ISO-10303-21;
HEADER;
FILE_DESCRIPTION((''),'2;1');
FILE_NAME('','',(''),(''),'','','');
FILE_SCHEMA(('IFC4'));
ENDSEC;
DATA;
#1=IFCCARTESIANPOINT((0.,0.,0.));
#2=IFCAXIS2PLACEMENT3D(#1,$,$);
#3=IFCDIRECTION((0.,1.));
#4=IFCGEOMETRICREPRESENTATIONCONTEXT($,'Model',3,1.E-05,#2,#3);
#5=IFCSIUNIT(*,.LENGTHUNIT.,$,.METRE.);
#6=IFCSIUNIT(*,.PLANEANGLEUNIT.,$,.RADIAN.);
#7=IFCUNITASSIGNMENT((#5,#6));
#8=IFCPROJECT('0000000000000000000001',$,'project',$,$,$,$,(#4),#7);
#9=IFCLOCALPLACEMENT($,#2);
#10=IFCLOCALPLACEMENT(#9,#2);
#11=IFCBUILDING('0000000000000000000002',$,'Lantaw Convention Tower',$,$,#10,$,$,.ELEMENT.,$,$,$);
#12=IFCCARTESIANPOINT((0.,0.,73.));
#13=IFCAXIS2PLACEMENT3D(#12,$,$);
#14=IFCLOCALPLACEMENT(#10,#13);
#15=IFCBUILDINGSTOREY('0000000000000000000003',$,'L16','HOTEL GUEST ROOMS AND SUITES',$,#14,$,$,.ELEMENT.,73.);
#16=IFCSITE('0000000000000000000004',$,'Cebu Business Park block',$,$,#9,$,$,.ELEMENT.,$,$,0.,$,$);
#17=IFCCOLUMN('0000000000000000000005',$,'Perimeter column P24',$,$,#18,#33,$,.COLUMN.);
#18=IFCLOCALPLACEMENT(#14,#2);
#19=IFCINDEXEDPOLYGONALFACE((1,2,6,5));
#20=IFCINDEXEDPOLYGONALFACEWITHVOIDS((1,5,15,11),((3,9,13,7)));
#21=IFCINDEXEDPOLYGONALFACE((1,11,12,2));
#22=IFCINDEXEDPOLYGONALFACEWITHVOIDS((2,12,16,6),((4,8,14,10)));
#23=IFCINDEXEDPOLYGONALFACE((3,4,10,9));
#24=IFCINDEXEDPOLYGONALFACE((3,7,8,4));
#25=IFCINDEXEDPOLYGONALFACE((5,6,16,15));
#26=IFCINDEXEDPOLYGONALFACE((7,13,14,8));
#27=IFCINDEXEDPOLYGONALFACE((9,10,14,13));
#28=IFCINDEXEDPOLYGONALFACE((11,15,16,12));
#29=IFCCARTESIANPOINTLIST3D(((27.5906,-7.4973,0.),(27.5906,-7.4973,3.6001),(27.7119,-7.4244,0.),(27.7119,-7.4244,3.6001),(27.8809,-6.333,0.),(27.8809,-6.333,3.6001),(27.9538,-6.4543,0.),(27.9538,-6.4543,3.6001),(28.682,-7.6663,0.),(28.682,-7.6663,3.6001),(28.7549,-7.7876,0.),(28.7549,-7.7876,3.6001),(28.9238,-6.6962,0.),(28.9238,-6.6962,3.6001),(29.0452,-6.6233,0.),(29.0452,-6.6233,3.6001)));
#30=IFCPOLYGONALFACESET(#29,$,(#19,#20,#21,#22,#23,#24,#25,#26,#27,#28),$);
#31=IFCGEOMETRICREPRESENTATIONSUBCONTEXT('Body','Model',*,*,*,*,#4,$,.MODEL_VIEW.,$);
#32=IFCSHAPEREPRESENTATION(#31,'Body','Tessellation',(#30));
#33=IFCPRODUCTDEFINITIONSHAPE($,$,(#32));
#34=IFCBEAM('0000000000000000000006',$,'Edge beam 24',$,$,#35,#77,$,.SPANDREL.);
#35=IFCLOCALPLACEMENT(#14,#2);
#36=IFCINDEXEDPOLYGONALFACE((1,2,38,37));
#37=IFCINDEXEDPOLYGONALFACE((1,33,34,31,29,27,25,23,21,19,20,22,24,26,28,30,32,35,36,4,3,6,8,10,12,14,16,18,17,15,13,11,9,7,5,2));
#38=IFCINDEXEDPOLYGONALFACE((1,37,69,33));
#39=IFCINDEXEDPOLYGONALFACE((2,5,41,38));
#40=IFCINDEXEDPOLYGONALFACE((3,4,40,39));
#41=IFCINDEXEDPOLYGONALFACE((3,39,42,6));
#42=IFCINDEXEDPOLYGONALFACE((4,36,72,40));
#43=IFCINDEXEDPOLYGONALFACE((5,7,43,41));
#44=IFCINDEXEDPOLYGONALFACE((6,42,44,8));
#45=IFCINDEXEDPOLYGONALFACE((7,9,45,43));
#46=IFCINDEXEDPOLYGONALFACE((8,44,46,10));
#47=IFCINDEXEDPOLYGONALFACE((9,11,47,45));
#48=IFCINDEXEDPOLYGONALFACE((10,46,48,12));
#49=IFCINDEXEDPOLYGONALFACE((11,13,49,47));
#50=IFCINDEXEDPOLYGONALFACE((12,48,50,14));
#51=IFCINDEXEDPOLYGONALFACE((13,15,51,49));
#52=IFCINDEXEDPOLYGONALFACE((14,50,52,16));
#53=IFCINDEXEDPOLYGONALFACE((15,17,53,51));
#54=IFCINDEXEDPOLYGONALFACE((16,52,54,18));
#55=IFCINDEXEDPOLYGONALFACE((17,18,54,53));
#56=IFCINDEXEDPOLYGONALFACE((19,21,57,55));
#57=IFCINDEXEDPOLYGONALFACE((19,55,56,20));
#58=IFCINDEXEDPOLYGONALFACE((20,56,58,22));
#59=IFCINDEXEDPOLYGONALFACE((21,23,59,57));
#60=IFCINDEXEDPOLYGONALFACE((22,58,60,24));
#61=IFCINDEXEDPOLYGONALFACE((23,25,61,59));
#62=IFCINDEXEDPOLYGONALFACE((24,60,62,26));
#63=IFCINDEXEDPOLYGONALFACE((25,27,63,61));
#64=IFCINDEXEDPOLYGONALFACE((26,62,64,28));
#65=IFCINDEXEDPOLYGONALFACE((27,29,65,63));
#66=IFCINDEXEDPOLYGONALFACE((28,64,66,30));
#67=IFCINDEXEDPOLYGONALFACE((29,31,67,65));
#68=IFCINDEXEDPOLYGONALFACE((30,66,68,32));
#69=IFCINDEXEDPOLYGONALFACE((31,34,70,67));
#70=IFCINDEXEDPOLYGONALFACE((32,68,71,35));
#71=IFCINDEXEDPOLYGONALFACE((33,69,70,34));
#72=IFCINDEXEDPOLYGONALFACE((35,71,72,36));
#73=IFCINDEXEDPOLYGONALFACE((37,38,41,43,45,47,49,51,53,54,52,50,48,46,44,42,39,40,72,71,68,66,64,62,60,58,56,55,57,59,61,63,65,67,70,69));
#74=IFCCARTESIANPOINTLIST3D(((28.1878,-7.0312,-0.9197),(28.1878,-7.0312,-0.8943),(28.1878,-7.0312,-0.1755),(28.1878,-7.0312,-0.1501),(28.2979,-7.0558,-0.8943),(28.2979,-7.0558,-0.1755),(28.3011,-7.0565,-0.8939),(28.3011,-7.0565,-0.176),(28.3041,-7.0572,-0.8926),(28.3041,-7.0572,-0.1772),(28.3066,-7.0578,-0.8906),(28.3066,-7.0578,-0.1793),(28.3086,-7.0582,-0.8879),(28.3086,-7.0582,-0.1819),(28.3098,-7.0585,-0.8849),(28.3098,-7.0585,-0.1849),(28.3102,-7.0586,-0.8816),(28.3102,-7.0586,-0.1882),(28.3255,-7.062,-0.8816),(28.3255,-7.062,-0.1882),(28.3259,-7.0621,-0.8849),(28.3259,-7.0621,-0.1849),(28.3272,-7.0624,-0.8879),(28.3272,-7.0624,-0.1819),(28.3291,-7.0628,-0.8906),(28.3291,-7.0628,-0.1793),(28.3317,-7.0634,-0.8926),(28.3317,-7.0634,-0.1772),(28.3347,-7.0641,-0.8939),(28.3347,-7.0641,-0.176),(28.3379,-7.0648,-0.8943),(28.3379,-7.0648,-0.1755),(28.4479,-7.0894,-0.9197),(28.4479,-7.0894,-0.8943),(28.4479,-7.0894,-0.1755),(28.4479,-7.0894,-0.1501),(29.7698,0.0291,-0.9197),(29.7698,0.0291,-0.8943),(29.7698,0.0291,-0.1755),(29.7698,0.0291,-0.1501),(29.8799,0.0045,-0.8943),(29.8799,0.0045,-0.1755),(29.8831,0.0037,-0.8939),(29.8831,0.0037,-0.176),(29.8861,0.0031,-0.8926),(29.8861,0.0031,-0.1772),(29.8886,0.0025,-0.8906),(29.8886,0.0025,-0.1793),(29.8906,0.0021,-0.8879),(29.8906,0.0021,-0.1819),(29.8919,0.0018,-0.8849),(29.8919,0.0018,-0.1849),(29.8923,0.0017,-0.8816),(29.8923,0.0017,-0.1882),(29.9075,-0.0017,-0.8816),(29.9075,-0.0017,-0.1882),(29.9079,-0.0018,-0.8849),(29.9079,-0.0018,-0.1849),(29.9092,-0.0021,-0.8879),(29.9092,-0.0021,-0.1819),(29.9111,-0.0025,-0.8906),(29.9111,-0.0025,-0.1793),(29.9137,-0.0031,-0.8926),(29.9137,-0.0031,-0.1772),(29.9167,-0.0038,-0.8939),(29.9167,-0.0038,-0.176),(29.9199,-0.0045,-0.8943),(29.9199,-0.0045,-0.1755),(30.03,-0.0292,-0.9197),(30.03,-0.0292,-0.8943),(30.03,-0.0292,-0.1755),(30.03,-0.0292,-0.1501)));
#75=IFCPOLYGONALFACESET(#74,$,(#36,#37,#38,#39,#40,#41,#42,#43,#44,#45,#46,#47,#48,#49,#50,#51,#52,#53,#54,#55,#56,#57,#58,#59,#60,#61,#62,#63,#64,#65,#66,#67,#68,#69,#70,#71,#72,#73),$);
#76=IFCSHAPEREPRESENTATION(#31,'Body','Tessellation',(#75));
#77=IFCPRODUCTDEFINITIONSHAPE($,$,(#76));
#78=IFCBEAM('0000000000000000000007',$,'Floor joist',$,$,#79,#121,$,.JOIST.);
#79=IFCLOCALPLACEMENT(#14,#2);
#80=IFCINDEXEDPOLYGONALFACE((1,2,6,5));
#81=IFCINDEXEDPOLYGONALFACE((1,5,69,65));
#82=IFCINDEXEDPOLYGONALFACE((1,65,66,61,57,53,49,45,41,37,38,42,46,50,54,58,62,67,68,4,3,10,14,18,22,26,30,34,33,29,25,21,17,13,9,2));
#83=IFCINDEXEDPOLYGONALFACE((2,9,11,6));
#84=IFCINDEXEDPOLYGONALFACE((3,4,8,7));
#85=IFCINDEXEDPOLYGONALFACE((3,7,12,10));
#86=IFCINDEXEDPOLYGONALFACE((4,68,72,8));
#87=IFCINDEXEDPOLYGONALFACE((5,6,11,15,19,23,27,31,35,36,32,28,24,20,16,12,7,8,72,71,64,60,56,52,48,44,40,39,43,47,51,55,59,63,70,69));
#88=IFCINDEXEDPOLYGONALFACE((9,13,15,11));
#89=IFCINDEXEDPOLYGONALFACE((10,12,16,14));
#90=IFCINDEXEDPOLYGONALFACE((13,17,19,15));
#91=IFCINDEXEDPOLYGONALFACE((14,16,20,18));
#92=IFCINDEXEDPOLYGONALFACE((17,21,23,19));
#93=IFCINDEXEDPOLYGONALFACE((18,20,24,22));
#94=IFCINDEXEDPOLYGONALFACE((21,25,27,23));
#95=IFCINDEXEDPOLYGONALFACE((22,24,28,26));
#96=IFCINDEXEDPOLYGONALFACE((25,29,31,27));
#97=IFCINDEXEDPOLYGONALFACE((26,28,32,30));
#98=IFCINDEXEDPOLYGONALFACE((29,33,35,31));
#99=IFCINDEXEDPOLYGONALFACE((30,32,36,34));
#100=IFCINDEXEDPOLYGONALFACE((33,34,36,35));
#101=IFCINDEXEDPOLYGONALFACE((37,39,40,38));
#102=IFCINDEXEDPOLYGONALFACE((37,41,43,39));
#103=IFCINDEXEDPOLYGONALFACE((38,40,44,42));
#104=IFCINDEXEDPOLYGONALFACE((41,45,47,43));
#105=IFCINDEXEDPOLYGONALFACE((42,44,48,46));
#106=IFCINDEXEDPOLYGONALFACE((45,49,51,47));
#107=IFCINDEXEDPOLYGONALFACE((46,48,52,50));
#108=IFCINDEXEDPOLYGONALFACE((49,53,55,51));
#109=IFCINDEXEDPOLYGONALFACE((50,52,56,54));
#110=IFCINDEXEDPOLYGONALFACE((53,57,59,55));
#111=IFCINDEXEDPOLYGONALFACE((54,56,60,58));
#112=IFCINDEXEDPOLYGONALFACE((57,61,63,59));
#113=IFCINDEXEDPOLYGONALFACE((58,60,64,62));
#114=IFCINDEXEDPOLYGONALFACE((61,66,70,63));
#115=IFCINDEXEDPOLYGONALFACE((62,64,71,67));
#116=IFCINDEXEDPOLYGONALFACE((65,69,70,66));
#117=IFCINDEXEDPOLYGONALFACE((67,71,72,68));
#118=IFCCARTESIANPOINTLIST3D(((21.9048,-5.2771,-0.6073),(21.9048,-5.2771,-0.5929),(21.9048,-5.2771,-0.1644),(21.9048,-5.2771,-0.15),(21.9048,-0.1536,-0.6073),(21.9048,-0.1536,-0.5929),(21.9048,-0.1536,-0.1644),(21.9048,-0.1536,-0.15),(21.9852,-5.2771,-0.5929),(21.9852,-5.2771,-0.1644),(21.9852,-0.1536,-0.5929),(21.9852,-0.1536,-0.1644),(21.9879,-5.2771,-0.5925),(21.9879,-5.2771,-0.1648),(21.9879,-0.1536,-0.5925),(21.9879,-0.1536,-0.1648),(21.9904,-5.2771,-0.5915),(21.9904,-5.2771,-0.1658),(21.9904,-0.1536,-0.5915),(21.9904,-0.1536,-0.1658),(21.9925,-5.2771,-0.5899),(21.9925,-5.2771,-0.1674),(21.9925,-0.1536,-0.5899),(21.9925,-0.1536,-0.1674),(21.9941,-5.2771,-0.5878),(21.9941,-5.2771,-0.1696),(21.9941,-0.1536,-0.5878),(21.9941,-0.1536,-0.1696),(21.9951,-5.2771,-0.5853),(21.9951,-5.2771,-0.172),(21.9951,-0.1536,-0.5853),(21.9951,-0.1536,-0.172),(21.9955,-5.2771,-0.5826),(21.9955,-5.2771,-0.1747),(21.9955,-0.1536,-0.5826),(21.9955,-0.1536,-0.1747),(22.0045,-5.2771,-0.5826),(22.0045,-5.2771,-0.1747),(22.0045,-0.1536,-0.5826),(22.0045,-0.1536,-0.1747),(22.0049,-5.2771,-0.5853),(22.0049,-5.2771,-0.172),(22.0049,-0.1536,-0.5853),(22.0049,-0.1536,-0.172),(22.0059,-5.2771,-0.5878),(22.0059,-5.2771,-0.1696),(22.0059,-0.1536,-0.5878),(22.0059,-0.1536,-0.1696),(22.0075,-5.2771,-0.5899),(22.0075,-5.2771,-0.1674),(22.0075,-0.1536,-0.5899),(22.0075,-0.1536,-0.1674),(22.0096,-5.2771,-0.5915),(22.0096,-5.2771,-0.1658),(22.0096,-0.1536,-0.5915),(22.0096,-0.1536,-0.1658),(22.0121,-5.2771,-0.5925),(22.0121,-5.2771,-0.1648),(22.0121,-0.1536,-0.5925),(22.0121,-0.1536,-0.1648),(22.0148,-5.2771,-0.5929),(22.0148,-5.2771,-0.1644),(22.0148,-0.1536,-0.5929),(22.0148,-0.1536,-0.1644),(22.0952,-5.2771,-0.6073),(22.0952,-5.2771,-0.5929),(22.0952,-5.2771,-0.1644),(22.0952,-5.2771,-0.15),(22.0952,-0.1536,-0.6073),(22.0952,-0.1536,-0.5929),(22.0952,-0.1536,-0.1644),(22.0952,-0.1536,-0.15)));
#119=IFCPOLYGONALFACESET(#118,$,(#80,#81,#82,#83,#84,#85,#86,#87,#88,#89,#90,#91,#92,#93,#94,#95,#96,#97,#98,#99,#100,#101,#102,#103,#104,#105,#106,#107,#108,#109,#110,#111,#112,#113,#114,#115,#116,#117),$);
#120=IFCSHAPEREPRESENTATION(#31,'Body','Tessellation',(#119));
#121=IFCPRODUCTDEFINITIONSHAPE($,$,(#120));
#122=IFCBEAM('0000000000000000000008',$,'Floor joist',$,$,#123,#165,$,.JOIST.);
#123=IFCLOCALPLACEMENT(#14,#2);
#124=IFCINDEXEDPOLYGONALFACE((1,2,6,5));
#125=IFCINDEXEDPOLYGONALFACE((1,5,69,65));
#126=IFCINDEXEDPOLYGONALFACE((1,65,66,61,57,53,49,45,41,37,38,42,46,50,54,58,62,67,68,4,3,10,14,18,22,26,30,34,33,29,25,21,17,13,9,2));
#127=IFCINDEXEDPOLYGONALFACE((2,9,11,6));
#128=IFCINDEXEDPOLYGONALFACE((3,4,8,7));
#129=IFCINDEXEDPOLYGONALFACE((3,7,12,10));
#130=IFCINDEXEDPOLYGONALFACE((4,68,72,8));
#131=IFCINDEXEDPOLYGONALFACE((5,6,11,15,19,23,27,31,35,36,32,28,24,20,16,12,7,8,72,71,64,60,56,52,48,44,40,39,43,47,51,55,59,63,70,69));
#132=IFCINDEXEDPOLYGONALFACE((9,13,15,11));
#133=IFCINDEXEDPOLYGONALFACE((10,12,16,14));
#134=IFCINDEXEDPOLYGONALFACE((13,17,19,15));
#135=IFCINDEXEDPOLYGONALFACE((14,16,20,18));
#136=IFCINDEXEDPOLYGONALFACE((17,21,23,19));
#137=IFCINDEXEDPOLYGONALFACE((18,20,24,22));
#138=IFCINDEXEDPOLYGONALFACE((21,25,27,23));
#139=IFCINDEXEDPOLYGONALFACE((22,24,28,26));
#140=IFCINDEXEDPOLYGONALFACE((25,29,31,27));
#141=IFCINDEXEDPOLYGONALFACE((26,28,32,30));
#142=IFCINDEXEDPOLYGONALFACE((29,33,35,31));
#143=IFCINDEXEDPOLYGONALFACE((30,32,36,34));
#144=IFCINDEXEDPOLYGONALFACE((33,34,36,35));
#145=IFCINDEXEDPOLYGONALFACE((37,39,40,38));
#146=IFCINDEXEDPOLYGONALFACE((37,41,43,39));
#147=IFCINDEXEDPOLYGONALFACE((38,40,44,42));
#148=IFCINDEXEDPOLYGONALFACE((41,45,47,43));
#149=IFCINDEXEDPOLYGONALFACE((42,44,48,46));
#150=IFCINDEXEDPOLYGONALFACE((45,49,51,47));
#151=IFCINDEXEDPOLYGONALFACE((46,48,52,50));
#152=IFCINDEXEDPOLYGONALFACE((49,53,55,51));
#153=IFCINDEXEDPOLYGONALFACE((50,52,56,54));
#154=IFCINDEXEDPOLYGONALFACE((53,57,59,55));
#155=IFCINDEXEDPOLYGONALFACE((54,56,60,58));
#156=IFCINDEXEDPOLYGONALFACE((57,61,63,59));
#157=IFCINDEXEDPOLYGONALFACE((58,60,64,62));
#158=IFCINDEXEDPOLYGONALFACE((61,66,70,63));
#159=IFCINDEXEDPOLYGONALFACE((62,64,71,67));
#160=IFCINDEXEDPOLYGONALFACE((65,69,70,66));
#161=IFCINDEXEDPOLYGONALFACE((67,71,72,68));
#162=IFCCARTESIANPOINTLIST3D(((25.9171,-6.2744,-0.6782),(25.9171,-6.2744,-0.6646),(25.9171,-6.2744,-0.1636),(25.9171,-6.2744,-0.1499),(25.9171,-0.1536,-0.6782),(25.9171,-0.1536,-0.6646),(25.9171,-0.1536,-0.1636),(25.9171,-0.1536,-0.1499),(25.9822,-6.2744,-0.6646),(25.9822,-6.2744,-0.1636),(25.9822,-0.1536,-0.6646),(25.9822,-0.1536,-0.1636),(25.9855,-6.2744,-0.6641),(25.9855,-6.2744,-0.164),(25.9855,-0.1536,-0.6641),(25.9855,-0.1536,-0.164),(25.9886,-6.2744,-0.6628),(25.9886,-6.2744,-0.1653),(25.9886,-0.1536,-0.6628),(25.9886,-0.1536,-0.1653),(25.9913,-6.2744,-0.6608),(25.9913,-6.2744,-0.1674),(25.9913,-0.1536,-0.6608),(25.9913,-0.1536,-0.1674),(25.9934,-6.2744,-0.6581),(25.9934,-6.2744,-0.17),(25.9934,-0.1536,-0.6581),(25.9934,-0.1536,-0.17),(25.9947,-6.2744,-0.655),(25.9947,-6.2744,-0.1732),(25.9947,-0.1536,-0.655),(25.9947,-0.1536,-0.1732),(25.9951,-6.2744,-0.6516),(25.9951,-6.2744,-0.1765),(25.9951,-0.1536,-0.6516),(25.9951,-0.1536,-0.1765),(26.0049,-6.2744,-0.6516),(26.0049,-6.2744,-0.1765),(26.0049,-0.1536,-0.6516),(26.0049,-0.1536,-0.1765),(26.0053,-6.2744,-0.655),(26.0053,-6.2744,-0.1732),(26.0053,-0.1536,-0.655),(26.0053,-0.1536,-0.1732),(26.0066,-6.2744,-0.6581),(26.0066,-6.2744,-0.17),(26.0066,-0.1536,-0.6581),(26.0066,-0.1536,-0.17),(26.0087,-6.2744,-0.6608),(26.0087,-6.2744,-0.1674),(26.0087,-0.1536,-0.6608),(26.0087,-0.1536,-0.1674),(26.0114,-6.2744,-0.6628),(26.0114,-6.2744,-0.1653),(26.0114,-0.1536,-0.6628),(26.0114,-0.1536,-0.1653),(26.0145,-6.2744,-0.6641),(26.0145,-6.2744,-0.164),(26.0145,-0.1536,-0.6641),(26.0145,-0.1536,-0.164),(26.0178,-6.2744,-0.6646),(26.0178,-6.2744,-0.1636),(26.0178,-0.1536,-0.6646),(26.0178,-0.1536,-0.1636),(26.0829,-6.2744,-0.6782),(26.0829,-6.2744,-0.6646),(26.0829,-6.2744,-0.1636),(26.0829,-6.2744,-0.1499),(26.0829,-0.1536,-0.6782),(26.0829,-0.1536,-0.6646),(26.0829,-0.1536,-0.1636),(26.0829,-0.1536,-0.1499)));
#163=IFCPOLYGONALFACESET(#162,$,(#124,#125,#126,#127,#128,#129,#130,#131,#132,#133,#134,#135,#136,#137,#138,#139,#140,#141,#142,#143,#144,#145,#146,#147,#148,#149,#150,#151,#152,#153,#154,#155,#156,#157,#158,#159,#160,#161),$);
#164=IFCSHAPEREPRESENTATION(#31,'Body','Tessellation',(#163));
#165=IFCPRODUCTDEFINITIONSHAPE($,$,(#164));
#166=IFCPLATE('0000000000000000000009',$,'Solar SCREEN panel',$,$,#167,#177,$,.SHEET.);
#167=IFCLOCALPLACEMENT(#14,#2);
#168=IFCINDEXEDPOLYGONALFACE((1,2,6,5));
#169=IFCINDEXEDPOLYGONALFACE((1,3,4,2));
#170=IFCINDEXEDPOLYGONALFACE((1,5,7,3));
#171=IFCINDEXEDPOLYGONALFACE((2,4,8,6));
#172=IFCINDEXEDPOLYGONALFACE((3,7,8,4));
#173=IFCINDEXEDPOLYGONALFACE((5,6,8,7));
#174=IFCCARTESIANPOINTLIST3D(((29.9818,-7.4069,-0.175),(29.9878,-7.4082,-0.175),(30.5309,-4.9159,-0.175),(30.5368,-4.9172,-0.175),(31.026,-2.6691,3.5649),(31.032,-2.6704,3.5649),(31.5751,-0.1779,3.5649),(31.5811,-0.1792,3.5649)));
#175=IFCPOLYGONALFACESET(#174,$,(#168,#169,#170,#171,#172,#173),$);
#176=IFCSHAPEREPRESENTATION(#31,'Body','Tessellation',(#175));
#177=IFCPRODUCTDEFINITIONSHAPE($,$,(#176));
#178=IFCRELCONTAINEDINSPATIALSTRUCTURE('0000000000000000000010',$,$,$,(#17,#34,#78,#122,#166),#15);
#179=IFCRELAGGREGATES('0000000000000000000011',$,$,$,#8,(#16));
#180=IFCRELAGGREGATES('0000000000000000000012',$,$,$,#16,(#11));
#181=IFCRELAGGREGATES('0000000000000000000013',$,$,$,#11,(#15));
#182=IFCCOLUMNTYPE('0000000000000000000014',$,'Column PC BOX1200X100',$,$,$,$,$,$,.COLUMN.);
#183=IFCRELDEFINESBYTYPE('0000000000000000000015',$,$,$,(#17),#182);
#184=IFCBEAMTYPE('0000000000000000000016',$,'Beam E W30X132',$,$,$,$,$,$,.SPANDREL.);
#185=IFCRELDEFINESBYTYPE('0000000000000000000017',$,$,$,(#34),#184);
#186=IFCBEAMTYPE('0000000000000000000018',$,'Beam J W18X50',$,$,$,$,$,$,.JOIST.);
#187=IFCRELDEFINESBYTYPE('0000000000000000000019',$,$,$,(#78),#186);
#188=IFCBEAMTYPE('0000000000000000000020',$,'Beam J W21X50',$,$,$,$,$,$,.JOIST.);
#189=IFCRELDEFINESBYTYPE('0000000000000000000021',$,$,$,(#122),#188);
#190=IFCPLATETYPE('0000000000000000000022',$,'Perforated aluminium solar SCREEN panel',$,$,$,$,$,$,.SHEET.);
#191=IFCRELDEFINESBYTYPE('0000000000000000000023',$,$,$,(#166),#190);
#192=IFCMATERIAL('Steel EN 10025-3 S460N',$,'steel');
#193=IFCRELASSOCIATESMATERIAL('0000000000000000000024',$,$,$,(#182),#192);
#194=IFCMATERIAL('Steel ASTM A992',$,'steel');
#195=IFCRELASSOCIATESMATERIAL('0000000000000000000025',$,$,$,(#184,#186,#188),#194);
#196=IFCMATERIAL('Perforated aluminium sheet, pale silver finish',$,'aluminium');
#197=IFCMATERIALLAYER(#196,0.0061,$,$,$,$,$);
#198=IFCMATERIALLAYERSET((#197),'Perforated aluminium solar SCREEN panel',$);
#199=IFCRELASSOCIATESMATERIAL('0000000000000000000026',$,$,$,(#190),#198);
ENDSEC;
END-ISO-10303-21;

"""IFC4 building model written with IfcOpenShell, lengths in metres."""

from ifc_helpers import new_model, si_unit, direction, frame, origin, origin_2d, place, context, subcontext, project, spatial, polyline, rectangle, hollow_rectangle, i_section, outline, extrude, material, layer, layer_set, material_profile, profile_set, type_object, element, save


model = new_model("IFC4")

# Units and contexts
model_context = context("Model", 3, precision=1e-05, world=origin(), true_north=direction((0.0, 1.0)))
body_context = subcontext(model_context, "Body", "Model", "MODEL_VIEW")
ifc_project = project(units=[si_unit("LENGTHUNIT", "METRE"), si_unit("PLANEANGLEUNIT", "RADIAN")], contexts=[model_context])

# Site, building, storey
site_placement = place(None, origin())
site = spatial("IfcSite", under=ifc_project, at=site_placement, Name="Cebu Business Park block", CompositionType="ELEMENT", RefElevation=0.0)
building_placement = place(site_placement, origin())
building = spatial("IfcBuilding", under=site, at=building_placement, Name="Lantaw Convention Tower", CompositionType="ELEMENT")
storey_placement = place(building_placement, frame((0.0, 0.0, 73.0)))
storey = spatial("IfcBuildingStorey", under=building, at=storey_placement, Name="L16", Description="HOTEL GUEST ROOMS AND SUITES", CompositionType="ELEMENT", Elevation=73.0)

# Column
ifc_material_1 = material(Name="Steel EN 10025-3 S460N", Category="steel")
ifc_material_profile_1 = material_profile(ifc_material_1, hollow_rectangle(XDim=1.2, YDim=1.2, WallThickness=0.1001, at=origin_2d()), Name="BOX1200X100")
ifc_material_2 = material(Name="Concrete C60/75", Category="concrete")
ifc_material_profile_2 = material_profile(ifc_material_2, rectangle(XDim=1.0, YDim=1.0, at=origin_2d()), Name="Concrete fill of BOX1200X100")
ifc_profile_set_1 = profile_set([ifc_material_profile_1, ifc_material_profile_2], Name="Steel EN 10025-3 S460N")
column_type = type_object("IfcColumnType", Name="Column PC BOX1200X100", PredefinedType="COLUMN", material=ifc_profile_set_1)
column_placement = place(storey_placement, frame((28.3179, -7.0603, 0.0), z_axis=(0.0, 0.0, 1.0), x_axis=(0.241922, 0.970296, 0.0)))
element("IfcColumn", 1, at=column_placement, inside=storey, type_object=column_type, Name="Perimeter column P24", PredefinedType="COLUMN", context=body_context, shape_type="SweptSolid", body=[
    extrude(hollow_rectangle(XDim=1.2, YDim=1.2, WallThickness=0.1001, at=origin_2d()), origin(), (0.0, 0.0, 1.0), 3.6001),
])

# Beams
ifc_material_3 = material(Name="Steel ASTM A992", Category="steel")
ifc_material_profile_3 = material_profile(ifc_material_3, i_section(OverallWidth=0.2666, OverallDepth=0.7695, WebThickness=0.0156, FlangeThickness=0.0254, FilletRadius=0.0127, at=origin_2d()), Name="W30X132")
ifc_profile_set_2 = profile_set([ifc_material_profile_3], Name="Steel ASTM A992")
beam_type_1 = type_object("IfcBeamType", Name="Beam E W30X132", PredefinedType="SPANDREL", material=ifc_profile_set_2)
beam_1_placement = place(storey_placement, frame((28.3179, -7.0603, -0.5349), z_axis=(0.218652, 0.975803, 0.0), x_axis=(-0.975803, 0.218652, 0.0)))
element("IfcBeam", 2, at=beam_1_placement, inside=storey, type_object=beam_type_1, Name="Edge beam 24", PredefinedType="SPANDREL", context=body_context, shape_type="SweptSolid", body=[
    extrude(i_section(OverallWidth=0.2666, OverallDepth=0.7695, WebThickness=0.0156, FlangeThickness=0.0254, FilletRadius=0.0127, at=origin_2d()), origin(), (0.0, 0.0, 1.0), 7.2354),
])
ifc_material_profile_4 = material_profile(ifc_material_3, i_section(OverallWidth=0.1904, OverallDepth=0.4573, WebThickness=0.009, FlangeThickness=0.0144, FilletRadius=0.0103, at=origin_2d()), Name="W18X50")
ifc_profile_set_3 = profile_set([ifc_material_profile_4], Name="Steel ASTM A992")
beam_type_2 = type_object("IfcBeamType", Name="Beam J W18X50", PredefinedType="JOIST", material=ifc_profile_set_3)
beam_2_placement = place(storey_placement, frame((22.0, -5.2771, -0.3787), z_axis=(0.0, 1.0, 0.0), x_axis=(-1.0, 0.0, 0.0)))
element("IfcBeam", 3, at=beam_2_placement, inside=storey, type_object=beam_type_2, Name="Floor joist", PredefinedType="JOIST", context=body_context, shape_type="SweptSolid", body=[
    extrude(i_section(OverallWidth=0.1904, OverallDepth=0.4573, WebThickness=0.009, FlangeThickness=0.0144, FilletRadius=0.0103, at=origin_2d()), origin(), (0.0, 0.0, 1.0), 5.1235),
])
ifc_material_profile_5 = material_profile(ifc_material_3, i_section(OverallWidth=0.1658, OverallDepth=0.5283, WebThickness=0.0098, FlangeThickness=0.0137, FilletRadius=0.0129, at=origin_2d()), Name="W21X50")
ifc_profile_set_4 = profile_set([ifc_material_profile_5], Name="Steel ASTM A992")
beam_type_3 = type_object("IfcBeamType", Name="Beam J W21X50", PredefinedType="JOIST", material=ifc_profile_set_4)
beam_3_placement = place(storey_placement, frame((26.0, -6.2744, -0.4141), z_axis=(0.0, 1.0, 0.0), x_axis=(-1.0, 0.0, 0.0)))
element("IfcBeam", 4, at=beam_3_placement, inside=storey, type_object=beam_type_3, Name="Floor joist", PredefinedType="JOIST", context=body_context, shape_type="SweptSolid", body=[
    extrude(i_section(OverallWidth=0.1658, OverallDepth=0.5283, WebThickness=0.0098, FlangeThickness=0.0137, FilletRadius=0.0129, at=origin_2d()), origin(), (0.0, 0.0, 1.0), 6.1208),
])

# Plate
ifc_material_4 = material(Name="Perforated aluminium sheet, pale silver finish", Category="aluminium")
ifc_layer_1 = layer(ifc_material_4, 0.0061)
ifc_layer_set_1 = layer_set([ifc_layer_1], Name="Perforated aluminium solar SCREEN panel")
plate_type = type_object("IfcPlateType", Name="Perforated aluminium solar SCREEN panel", PredefinedType="SHEET", material=ifc_layer_set_1)
plate_placement = place(storey_placement, frame((29.9878, -7.4082, -0.175), z_axis=(0.976559, -0.215248, 0.00003), x_axis=(0.215248, 0.976559, 0.0)))
element("IfcPlate", 5, at=plate_placement, inside=storey, type_object=plate_type, Name="Solar SCREEN panel", PredefinedType="SHEET", context=body_context, shape_type="SweptSolid", body=[
    extrude(outline(polyline([(0.0, 0.0), (2.5508, 0.0), (7.4025, 3.74), (4.8515, 3.74), (0.0, 0.0)])), origin(), (0.0, 0.0, -1.0), 0.0061),
])

save(model, "model.ifc")
